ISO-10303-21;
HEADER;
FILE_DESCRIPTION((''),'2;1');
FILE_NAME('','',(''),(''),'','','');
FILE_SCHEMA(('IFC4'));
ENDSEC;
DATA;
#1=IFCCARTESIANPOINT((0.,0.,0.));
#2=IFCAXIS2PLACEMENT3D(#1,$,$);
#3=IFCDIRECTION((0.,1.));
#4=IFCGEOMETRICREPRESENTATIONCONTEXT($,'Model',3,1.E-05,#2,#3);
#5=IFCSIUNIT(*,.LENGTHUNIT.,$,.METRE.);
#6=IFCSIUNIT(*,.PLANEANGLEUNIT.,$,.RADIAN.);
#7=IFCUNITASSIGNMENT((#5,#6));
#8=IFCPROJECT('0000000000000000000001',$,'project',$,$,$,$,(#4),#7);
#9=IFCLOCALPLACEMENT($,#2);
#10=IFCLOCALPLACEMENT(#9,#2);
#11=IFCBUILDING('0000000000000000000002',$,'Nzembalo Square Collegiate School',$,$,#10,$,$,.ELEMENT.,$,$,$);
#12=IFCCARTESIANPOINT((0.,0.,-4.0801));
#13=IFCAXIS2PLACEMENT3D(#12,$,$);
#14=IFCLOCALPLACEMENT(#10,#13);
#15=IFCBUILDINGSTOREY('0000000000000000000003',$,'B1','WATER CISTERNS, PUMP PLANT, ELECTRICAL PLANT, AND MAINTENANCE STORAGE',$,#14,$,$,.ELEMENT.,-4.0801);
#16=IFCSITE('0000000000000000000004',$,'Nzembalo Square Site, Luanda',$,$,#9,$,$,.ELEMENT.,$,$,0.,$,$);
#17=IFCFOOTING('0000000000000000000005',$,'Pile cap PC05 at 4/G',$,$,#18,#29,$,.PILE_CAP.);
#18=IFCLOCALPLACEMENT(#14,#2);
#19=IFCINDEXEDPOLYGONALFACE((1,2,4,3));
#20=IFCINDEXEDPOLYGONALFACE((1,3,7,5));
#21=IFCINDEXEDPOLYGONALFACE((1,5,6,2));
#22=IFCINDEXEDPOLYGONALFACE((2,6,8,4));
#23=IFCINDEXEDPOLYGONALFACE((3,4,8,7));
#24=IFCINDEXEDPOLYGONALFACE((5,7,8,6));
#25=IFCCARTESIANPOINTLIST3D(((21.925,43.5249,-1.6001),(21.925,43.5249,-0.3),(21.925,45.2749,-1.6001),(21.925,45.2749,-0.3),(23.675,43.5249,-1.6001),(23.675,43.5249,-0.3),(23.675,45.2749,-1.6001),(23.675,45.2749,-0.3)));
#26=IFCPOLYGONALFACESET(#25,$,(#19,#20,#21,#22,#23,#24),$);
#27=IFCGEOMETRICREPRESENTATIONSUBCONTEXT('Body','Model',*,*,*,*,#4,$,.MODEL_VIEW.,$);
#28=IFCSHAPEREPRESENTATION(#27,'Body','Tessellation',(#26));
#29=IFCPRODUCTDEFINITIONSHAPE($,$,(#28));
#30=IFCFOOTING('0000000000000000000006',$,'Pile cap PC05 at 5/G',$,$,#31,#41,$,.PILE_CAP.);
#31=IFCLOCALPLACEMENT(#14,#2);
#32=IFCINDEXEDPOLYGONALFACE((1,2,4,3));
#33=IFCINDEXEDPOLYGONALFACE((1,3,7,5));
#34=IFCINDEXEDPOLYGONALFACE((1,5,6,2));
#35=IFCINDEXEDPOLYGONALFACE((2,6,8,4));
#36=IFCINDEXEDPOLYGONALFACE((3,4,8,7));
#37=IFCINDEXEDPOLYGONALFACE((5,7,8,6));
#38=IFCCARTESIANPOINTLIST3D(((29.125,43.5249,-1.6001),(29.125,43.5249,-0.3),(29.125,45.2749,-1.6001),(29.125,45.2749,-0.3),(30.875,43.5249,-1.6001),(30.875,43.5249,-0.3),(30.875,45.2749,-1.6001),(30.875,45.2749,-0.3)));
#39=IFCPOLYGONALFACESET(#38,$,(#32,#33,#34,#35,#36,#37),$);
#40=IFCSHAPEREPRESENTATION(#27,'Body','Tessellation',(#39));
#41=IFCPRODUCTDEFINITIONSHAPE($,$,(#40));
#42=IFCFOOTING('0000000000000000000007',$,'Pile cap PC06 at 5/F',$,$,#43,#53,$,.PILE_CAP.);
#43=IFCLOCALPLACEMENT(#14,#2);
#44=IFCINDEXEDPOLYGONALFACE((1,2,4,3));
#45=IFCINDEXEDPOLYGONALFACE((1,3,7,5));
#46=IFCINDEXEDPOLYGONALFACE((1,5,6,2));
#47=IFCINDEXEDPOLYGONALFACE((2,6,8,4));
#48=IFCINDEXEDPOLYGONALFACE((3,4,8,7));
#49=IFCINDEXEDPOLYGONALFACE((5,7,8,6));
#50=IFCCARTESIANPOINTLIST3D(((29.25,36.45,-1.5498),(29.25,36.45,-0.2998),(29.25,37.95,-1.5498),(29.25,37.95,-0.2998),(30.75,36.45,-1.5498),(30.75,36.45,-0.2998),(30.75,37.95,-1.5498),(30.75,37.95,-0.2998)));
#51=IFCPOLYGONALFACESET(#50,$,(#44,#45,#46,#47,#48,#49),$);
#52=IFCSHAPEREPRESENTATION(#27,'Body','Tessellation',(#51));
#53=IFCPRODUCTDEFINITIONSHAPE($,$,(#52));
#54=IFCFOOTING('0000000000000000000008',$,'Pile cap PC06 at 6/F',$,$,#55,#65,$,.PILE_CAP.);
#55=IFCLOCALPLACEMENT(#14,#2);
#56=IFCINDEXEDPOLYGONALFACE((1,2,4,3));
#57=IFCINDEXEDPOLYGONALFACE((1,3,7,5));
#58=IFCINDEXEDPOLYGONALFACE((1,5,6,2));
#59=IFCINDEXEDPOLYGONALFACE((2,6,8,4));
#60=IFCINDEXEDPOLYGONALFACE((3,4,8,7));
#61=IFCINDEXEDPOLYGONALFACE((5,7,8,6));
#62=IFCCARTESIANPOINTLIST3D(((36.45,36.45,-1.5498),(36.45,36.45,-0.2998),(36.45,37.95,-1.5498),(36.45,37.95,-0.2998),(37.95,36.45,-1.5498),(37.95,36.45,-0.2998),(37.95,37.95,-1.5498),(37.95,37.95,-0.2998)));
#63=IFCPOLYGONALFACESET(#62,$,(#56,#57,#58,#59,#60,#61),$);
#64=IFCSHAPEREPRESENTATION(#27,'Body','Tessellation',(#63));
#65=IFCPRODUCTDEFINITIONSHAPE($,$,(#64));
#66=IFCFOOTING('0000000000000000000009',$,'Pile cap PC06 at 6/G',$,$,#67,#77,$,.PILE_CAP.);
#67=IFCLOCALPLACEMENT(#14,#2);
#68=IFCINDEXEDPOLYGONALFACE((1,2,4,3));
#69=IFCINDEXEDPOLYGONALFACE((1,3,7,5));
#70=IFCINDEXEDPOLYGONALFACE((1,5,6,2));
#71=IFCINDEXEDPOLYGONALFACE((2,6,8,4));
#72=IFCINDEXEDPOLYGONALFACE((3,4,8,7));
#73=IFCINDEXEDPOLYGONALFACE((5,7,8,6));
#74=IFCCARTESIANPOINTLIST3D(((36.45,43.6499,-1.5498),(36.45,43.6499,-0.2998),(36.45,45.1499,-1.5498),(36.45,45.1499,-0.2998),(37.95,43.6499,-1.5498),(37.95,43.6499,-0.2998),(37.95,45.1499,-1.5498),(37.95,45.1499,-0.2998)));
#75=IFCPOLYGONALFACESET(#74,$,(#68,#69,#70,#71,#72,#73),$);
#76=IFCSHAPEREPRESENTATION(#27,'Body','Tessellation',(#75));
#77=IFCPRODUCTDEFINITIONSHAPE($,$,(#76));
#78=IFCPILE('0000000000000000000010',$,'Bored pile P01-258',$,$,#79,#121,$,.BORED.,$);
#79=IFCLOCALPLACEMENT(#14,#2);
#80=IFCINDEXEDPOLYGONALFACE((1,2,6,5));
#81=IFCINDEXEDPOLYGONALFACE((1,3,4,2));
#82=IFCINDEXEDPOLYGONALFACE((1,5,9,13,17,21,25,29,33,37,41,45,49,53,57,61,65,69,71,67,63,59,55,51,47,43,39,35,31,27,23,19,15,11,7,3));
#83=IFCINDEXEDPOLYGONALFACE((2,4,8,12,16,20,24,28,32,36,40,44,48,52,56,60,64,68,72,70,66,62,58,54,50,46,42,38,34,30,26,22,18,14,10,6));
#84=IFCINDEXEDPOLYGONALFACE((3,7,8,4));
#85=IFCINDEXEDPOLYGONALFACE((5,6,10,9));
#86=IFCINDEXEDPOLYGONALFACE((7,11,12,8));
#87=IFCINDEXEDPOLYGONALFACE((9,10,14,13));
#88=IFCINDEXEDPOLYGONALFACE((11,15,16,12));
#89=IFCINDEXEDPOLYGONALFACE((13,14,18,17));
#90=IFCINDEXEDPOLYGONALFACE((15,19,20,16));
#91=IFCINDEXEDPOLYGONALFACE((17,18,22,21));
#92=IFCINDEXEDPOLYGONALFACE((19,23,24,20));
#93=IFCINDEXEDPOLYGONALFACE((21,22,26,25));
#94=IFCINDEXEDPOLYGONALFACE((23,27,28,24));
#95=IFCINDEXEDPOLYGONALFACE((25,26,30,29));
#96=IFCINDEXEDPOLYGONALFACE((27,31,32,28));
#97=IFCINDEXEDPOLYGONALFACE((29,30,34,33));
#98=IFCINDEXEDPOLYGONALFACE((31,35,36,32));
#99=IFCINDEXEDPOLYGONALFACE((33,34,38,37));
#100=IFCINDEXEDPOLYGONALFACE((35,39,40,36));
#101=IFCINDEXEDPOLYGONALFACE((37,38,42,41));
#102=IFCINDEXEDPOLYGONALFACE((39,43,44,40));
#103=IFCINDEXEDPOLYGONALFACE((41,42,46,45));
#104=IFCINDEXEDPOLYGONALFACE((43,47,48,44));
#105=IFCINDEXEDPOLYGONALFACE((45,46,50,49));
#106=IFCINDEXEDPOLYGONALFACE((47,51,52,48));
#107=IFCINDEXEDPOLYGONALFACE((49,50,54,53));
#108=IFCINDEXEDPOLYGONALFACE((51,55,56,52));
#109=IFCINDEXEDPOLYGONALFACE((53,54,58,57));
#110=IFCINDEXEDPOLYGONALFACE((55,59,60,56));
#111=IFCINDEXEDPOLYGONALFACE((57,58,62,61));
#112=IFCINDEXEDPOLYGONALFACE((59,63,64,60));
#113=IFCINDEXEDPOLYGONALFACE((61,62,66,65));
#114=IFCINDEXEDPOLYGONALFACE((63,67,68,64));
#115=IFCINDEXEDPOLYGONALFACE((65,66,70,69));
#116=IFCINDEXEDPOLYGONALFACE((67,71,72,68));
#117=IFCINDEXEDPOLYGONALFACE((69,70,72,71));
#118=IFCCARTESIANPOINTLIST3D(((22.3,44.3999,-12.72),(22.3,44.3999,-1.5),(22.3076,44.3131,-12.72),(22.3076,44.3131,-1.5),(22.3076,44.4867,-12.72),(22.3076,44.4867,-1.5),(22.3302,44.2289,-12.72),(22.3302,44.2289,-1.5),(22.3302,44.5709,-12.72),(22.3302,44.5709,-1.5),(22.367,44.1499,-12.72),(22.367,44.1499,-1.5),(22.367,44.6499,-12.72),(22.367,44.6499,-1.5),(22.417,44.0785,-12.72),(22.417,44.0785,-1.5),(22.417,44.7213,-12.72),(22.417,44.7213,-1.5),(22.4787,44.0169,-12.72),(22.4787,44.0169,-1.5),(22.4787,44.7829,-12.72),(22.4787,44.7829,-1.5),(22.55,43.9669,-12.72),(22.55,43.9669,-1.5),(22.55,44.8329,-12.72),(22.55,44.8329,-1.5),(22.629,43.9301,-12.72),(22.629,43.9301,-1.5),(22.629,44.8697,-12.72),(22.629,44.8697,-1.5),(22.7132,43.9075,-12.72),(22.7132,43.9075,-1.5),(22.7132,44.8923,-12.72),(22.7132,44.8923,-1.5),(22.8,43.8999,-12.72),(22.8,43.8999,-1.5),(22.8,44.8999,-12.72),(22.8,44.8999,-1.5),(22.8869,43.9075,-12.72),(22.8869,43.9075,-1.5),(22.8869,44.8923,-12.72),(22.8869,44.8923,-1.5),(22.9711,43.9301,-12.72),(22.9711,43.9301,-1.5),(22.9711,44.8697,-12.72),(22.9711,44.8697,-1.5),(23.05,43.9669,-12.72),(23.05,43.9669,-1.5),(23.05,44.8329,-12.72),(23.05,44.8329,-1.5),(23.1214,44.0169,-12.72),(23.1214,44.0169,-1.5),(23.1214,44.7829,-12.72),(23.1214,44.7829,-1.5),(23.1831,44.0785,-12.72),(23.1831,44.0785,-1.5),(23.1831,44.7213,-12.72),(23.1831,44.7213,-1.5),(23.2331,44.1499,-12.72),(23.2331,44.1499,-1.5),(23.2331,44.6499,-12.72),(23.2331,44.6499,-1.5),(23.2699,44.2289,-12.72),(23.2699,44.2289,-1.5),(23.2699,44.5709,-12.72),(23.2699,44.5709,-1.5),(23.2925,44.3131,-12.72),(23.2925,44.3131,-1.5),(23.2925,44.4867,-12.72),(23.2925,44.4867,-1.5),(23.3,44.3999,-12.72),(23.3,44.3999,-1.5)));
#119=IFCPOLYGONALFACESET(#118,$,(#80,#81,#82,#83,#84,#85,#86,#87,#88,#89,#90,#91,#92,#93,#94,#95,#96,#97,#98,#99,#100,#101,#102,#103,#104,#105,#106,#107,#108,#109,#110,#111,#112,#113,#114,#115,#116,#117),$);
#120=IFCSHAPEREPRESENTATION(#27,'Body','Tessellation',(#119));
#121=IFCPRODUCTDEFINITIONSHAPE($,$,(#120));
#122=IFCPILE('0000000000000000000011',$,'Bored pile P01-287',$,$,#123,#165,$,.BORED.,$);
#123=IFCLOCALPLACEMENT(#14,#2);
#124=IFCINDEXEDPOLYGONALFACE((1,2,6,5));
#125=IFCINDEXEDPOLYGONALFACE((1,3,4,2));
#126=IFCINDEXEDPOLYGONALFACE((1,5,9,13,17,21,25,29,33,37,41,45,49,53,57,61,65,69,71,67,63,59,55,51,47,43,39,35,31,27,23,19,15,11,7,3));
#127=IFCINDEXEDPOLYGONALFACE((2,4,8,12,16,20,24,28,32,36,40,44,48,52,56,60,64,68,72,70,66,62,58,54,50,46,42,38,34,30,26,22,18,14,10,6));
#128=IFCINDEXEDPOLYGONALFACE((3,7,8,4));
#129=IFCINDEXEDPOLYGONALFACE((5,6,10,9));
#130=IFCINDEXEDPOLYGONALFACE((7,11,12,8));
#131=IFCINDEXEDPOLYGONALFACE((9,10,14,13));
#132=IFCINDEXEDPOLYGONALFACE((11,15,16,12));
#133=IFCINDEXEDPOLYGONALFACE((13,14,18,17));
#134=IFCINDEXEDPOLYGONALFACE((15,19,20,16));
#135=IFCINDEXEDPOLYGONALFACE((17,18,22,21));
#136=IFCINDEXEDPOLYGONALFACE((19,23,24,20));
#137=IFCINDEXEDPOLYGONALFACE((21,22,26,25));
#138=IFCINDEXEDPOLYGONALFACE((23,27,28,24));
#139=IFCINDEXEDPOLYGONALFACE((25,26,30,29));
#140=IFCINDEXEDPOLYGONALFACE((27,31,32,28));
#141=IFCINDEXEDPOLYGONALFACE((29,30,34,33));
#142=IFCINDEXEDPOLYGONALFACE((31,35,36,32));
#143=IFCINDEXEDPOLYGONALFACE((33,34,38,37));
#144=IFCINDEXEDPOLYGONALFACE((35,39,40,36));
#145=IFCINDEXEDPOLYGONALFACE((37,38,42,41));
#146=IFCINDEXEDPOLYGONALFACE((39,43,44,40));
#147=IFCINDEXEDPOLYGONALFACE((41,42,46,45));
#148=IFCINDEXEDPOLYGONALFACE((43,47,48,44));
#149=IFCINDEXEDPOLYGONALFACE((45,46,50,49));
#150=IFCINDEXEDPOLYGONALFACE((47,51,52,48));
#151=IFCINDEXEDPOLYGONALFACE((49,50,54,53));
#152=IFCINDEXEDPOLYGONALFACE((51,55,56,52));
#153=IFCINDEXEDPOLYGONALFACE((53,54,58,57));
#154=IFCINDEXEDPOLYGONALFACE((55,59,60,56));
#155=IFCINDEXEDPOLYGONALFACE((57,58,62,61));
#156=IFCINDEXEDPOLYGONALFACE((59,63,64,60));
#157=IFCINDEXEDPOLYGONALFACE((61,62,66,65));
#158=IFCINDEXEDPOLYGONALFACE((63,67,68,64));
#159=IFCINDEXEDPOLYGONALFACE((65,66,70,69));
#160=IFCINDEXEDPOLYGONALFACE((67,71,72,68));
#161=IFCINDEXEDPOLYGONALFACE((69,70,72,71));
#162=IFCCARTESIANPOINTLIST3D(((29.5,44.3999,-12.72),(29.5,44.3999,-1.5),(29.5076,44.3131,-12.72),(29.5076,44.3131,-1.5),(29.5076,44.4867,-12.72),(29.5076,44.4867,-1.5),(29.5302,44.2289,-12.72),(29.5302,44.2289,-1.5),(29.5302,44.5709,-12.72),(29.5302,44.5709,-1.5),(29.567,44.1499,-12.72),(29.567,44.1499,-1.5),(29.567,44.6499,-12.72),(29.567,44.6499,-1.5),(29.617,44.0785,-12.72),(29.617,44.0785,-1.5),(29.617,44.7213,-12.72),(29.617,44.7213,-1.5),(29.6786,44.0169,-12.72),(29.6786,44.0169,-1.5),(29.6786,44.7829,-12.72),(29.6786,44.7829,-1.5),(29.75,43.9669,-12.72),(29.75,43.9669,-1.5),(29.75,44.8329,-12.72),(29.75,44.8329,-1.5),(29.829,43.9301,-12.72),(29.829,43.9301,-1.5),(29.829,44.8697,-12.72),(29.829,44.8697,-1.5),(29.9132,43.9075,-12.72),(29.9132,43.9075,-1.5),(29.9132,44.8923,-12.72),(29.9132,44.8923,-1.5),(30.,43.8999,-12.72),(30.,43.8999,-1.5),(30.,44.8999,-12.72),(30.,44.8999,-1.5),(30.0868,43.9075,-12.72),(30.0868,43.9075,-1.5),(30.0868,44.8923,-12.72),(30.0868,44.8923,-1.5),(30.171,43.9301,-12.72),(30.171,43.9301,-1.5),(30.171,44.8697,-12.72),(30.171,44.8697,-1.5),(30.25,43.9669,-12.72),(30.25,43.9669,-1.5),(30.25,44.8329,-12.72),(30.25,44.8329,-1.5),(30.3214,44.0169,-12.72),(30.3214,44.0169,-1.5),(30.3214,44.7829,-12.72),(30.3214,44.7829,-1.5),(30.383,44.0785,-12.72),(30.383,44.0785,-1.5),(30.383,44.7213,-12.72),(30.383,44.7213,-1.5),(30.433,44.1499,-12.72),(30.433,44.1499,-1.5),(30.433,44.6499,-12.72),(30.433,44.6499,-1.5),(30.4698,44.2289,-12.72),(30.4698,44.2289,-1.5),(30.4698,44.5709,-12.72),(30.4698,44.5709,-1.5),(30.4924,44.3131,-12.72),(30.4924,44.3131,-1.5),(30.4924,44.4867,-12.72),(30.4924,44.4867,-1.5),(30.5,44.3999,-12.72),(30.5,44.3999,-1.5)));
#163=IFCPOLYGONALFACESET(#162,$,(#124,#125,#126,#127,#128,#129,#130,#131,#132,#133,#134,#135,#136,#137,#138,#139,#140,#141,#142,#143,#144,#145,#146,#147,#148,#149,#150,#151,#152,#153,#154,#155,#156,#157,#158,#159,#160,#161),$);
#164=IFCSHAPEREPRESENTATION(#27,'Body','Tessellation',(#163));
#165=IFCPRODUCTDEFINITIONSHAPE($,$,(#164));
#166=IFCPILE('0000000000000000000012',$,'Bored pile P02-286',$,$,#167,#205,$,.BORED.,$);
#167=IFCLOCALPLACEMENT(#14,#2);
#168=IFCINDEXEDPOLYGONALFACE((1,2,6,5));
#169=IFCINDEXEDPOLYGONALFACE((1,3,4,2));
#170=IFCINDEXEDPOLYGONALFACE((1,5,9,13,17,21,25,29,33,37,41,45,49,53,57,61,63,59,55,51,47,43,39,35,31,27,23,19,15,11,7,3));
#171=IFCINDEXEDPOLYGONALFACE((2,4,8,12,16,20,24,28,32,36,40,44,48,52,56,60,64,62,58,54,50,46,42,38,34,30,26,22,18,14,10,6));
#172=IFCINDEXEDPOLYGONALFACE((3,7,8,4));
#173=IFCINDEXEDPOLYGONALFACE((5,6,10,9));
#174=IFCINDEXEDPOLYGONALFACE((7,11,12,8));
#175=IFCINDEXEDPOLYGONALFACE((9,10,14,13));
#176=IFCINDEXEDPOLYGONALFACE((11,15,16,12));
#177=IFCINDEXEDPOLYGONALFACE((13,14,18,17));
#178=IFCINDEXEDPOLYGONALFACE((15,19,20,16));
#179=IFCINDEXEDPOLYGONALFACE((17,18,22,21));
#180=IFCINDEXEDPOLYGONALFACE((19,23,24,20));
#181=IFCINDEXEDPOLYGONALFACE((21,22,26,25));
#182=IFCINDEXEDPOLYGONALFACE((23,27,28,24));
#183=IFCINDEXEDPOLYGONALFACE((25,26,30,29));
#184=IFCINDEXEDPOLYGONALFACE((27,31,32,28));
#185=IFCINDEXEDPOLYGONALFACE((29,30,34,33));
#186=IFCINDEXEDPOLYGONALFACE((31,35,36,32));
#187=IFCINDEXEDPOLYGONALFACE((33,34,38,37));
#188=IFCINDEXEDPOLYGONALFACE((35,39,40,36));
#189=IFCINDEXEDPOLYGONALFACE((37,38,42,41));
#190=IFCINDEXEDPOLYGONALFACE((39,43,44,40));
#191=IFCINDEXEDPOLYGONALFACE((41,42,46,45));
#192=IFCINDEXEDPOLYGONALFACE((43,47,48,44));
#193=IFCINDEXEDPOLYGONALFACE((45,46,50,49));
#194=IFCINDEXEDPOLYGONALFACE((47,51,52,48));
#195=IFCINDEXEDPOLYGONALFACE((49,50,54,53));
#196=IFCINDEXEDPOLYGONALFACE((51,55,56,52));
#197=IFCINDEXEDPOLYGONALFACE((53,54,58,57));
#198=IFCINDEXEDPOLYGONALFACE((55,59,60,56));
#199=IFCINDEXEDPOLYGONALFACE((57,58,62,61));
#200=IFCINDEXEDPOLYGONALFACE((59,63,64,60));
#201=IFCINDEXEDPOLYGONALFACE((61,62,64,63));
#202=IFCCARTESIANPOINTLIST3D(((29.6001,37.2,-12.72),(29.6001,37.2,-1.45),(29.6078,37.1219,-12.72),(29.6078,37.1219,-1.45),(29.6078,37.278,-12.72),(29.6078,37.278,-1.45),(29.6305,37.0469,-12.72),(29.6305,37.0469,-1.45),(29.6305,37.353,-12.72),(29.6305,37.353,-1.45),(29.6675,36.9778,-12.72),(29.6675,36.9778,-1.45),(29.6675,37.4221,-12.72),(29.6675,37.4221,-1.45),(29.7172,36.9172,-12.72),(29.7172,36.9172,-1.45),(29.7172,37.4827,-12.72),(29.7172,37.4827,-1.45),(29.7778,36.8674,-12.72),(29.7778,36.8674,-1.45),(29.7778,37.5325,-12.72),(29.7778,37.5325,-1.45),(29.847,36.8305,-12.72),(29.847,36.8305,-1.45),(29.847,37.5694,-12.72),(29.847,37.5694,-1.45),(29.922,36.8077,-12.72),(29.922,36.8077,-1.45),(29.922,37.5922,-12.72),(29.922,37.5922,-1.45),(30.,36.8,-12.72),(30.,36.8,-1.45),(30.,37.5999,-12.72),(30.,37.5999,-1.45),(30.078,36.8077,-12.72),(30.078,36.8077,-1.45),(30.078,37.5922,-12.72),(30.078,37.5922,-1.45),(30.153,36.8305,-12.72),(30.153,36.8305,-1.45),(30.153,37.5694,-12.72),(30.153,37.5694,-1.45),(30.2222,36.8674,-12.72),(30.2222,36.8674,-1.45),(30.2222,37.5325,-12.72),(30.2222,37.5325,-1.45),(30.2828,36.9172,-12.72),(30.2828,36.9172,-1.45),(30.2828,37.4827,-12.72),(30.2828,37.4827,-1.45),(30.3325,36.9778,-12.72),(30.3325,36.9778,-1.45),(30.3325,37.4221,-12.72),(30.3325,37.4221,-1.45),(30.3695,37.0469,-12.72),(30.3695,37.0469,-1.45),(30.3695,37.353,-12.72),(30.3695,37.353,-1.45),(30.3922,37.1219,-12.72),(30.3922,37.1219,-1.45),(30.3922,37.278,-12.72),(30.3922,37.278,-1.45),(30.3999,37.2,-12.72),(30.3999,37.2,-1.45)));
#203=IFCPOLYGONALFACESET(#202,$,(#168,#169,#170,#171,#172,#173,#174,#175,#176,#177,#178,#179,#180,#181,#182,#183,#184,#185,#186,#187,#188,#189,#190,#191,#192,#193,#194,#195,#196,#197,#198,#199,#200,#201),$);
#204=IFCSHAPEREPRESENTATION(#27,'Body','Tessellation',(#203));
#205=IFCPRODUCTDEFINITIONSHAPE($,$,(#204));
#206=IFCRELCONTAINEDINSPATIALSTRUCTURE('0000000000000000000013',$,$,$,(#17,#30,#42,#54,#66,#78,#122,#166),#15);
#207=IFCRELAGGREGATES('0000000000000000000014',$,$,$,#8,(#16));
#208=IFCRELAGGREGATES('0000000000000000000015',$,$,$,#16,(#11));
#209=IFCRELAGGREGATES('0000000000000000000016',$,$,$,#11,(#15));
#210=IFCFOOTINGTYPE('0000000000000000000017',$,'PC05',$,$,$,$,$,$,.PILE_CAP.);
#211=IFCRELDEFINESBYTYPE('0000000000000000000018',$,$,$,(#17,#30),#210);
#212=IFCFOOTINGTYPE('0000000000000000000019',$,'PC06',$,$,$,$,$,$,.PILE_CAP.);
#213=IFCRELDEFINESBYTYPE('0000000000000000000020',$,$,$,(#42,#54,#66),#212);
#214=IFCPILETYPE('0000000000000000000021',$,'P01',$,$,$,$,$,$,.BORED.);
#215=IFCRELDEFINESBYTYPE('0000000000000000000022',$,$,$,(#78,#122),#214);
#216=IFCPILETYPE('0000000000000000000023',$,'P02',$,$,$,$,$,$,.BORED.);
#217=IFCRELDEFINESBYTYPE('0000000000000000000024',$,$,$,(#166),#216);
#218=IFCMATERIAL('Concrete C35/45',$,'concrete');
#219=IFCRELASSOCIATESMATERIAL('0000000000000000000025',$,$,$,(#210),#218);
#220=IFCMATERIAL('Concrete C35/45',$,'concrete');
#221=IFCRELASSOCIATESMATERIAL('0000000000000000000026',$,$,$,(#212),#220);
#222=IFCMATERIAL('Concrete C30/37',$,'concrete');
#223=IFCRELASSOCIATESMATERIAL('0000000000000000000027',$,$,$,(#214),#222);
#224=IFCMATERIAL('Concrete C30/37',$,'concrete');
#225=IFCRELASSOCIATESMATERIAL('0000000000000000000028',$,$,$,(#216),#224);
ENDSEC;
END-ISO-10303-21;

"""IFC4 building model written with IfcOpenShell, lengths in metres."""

from ifc_helpers import new_model, si_unit, direction, frame, origin, origin_2d, place, context, subcontext, project, spatial, rectangle, circle, extrude, material, material_profile, profile_set, type_object, element, save


model = new_model("IFC4")

# Units and contexts
model_context = context("Model", 3, precision=1e-05, world=origin(), true_north=direction((0.0, 1.0)))
body_context = subcontext(model_context, "Body", "Model", "MODEL_VIEW")
ifc_project = project(units=[si_unit("LENGTHUNIT", "METRE"), si_unit("PLANEANGLEUNIT", "RADIAN")], contexts=[model_context])

# Site, building, storey
site_placement = place(None, origin())
site = spatial("IfcSite", under=ifc_project, at=site_placement, Name="Nzembalo Square Site, Luanda", CompositionType="ELEMENT", RefElevation=0.0)
building_placement = place(site_placement, origin())
building = spatial("IfcBuilding", under=site, at=building_placement, Name="Nzembalo Square Collegiate School", CompositionType="ELEMENT")
storey_placement = place(building_placement, frame((0.0, 0.0, -4.0801)))
storey = spatial("IfcBuildingStorey", under=building, at=storey_placement, Name="B1", Description="WATER CISTERNS, PUMP PLANT, ELECTRICAL PLANT, AND MAINTENANCE STORAGE", CompositionType="ELEMENT", Elevation=-4.0801)

# Footings
ifc_material_1 = material(Name="Concrete C35/45", Category="concrete")
footing_type_1 = type_object("IfcFootingType", Name="PC05", PredefinedType="PILE_CAP", material=ifc_material_1)
for number, where, z_axis, x_axis, name in (
    (1, (22.8, 44.3999, -1.6001), (0.0, 0.0, 1.0), (1.0, 0.0, 0.0), "Pile cap PC05 at 4/G"),
    (2, (30.0, 44.3999, -1.6001), (0.0, 0.0, 1.0), (1.0, 0.0, 0.0), "Pile cap PC05 at 5/G"),
):
    element("IfcFooting", number, at=place(storey_placement, frame(where, z_axis=z_axis, x_axis=x_axis)), inside=storey, type_object=footing_type_1, Name=name, PredefinedType="PILE_CAP", context=body_context, shape_type="SweptSolid", body=[
        extrude(rectangle(XDim=1.75, YDim=1.75, at=origin_2d()), origin(), (0.0, 0.0, 1.0), 1.3),
    ])
ifc_material_2 = material(Name="Concrete C35/45", Category="concrete")
footing_type_2 = type_object("IfcFootingType", Name="PC06", PredefinedType="PILE_CAP", material=ifc_material_2)
for number, where, z_axis, x_axis, name in (
    (3, (30.0, 37.2, -1.5498), (0.0, 0.0, 1.0), (1.0, 0.0, 0.0), "Pile cap PC06 at 5/F"),
    (4, (37.2, 37.2, -1.5498), (0.0, 0.0, 1.0), (1.0, 0.0, 0.0), "Pile cap PC06 at 6/F"),
    (5, (37.2, 44.3999, -1.5498), (0.0, 0.0, 1.0), (1.0, 0.0, 0.0), "Pile cap PC06 at 6/G"),
):
    element("IfcFooting", number, at=place(storey_placement, frame(where, z_axis=z_axis, x_axis=x_axis)), inside=storey, type_object=footing_type_2, Name=name, PredefinedType="PILE_CAP", context=body_context, shape_type="SweptSolid", body=[
        extrude(rectangle(XDim=1.5, YDim=1.5, at=origin_2d()), origin(), (0.0, 0.0, 1.0), 1.25),
    ])

# Piles
ifc_material_3 = material(Name="Concrete C30/37", Category="concrete")
ifc_material_profile_1 = material_profile(ifc_material_3, circle(Radius=0.5, at=origin_2d()), Name="PILE D1000")
ifc_profile_set_1 = profile_set([ifc_material_profile_1], Name="Concrete C30/37")
pile_type_1 = type_object("IfcPileType", Name="P01", PredefinedType="BORED", material=ifc_profile_set_1)
for number, where, z_axis, x_axis, name in (
    (6, (22.8, 44.3999, -1.5), (0.0, 0.0, -1.0), (1.0, 0.0, 0.0), "Bored pile P01-258"),
    (7, (30.0, 44.3999, -1.5), (0.0, 0.0, -1.0), (1.0, 0.0, 0.0), "Bored pile P01-287"),
):
    element("IfcPile", number, at=place(storey_placement, frame(where, z_axis=z_axis, x_axis=x_axis)), inside=storey, type_object=pile_type_1, Name=name, PredefinedType="BORED", context=body_context, shape_type="SweptSolid", body=[
        extrude(circle(Radius=0.5, at=origin_2d()), origin(), (0.0, 0.0, 1.0), 11.22),
    ])
ifc_material_4 = material(Name="Concrete C30/37", Category="concrete")
ifc_material_profile_2 = material_profile(ifc_material_4, circle(Radius=0.3999, at=origin_2d()), Name="PILE D800")
ifc_profile_set_2 = profile_set([ifc_material_profile_2], Name="Concrete C30/37")
pile_type_2 = type_object("IfcPileType", Name="P02", PredefinedType="BORED", material=ifc_profile_set_2)
for number, where, z_axis, x_axis, name in (
    (8, (30.0, 37.2, -1.45), (0.0, 0.0, -1.0), (1.0, 0.0, 0.0), "Bored pile P02-286"),
):
    element("IfcPile", number, at=place(storey_placement, frame(where, z_axis=z_axis, x_axis=x_axis)), inside=storey, type_object=pile_type_2, Name=name, PredefinedType="BORED", context=body_context, shape_type="SweptSolid", body=[
        extrude(circle(Radius=0.3999, at=origin_2d()), origin(), (0.0, 0.0, 1.0), 11.27),
    ])

save(model, "model.ifc")
